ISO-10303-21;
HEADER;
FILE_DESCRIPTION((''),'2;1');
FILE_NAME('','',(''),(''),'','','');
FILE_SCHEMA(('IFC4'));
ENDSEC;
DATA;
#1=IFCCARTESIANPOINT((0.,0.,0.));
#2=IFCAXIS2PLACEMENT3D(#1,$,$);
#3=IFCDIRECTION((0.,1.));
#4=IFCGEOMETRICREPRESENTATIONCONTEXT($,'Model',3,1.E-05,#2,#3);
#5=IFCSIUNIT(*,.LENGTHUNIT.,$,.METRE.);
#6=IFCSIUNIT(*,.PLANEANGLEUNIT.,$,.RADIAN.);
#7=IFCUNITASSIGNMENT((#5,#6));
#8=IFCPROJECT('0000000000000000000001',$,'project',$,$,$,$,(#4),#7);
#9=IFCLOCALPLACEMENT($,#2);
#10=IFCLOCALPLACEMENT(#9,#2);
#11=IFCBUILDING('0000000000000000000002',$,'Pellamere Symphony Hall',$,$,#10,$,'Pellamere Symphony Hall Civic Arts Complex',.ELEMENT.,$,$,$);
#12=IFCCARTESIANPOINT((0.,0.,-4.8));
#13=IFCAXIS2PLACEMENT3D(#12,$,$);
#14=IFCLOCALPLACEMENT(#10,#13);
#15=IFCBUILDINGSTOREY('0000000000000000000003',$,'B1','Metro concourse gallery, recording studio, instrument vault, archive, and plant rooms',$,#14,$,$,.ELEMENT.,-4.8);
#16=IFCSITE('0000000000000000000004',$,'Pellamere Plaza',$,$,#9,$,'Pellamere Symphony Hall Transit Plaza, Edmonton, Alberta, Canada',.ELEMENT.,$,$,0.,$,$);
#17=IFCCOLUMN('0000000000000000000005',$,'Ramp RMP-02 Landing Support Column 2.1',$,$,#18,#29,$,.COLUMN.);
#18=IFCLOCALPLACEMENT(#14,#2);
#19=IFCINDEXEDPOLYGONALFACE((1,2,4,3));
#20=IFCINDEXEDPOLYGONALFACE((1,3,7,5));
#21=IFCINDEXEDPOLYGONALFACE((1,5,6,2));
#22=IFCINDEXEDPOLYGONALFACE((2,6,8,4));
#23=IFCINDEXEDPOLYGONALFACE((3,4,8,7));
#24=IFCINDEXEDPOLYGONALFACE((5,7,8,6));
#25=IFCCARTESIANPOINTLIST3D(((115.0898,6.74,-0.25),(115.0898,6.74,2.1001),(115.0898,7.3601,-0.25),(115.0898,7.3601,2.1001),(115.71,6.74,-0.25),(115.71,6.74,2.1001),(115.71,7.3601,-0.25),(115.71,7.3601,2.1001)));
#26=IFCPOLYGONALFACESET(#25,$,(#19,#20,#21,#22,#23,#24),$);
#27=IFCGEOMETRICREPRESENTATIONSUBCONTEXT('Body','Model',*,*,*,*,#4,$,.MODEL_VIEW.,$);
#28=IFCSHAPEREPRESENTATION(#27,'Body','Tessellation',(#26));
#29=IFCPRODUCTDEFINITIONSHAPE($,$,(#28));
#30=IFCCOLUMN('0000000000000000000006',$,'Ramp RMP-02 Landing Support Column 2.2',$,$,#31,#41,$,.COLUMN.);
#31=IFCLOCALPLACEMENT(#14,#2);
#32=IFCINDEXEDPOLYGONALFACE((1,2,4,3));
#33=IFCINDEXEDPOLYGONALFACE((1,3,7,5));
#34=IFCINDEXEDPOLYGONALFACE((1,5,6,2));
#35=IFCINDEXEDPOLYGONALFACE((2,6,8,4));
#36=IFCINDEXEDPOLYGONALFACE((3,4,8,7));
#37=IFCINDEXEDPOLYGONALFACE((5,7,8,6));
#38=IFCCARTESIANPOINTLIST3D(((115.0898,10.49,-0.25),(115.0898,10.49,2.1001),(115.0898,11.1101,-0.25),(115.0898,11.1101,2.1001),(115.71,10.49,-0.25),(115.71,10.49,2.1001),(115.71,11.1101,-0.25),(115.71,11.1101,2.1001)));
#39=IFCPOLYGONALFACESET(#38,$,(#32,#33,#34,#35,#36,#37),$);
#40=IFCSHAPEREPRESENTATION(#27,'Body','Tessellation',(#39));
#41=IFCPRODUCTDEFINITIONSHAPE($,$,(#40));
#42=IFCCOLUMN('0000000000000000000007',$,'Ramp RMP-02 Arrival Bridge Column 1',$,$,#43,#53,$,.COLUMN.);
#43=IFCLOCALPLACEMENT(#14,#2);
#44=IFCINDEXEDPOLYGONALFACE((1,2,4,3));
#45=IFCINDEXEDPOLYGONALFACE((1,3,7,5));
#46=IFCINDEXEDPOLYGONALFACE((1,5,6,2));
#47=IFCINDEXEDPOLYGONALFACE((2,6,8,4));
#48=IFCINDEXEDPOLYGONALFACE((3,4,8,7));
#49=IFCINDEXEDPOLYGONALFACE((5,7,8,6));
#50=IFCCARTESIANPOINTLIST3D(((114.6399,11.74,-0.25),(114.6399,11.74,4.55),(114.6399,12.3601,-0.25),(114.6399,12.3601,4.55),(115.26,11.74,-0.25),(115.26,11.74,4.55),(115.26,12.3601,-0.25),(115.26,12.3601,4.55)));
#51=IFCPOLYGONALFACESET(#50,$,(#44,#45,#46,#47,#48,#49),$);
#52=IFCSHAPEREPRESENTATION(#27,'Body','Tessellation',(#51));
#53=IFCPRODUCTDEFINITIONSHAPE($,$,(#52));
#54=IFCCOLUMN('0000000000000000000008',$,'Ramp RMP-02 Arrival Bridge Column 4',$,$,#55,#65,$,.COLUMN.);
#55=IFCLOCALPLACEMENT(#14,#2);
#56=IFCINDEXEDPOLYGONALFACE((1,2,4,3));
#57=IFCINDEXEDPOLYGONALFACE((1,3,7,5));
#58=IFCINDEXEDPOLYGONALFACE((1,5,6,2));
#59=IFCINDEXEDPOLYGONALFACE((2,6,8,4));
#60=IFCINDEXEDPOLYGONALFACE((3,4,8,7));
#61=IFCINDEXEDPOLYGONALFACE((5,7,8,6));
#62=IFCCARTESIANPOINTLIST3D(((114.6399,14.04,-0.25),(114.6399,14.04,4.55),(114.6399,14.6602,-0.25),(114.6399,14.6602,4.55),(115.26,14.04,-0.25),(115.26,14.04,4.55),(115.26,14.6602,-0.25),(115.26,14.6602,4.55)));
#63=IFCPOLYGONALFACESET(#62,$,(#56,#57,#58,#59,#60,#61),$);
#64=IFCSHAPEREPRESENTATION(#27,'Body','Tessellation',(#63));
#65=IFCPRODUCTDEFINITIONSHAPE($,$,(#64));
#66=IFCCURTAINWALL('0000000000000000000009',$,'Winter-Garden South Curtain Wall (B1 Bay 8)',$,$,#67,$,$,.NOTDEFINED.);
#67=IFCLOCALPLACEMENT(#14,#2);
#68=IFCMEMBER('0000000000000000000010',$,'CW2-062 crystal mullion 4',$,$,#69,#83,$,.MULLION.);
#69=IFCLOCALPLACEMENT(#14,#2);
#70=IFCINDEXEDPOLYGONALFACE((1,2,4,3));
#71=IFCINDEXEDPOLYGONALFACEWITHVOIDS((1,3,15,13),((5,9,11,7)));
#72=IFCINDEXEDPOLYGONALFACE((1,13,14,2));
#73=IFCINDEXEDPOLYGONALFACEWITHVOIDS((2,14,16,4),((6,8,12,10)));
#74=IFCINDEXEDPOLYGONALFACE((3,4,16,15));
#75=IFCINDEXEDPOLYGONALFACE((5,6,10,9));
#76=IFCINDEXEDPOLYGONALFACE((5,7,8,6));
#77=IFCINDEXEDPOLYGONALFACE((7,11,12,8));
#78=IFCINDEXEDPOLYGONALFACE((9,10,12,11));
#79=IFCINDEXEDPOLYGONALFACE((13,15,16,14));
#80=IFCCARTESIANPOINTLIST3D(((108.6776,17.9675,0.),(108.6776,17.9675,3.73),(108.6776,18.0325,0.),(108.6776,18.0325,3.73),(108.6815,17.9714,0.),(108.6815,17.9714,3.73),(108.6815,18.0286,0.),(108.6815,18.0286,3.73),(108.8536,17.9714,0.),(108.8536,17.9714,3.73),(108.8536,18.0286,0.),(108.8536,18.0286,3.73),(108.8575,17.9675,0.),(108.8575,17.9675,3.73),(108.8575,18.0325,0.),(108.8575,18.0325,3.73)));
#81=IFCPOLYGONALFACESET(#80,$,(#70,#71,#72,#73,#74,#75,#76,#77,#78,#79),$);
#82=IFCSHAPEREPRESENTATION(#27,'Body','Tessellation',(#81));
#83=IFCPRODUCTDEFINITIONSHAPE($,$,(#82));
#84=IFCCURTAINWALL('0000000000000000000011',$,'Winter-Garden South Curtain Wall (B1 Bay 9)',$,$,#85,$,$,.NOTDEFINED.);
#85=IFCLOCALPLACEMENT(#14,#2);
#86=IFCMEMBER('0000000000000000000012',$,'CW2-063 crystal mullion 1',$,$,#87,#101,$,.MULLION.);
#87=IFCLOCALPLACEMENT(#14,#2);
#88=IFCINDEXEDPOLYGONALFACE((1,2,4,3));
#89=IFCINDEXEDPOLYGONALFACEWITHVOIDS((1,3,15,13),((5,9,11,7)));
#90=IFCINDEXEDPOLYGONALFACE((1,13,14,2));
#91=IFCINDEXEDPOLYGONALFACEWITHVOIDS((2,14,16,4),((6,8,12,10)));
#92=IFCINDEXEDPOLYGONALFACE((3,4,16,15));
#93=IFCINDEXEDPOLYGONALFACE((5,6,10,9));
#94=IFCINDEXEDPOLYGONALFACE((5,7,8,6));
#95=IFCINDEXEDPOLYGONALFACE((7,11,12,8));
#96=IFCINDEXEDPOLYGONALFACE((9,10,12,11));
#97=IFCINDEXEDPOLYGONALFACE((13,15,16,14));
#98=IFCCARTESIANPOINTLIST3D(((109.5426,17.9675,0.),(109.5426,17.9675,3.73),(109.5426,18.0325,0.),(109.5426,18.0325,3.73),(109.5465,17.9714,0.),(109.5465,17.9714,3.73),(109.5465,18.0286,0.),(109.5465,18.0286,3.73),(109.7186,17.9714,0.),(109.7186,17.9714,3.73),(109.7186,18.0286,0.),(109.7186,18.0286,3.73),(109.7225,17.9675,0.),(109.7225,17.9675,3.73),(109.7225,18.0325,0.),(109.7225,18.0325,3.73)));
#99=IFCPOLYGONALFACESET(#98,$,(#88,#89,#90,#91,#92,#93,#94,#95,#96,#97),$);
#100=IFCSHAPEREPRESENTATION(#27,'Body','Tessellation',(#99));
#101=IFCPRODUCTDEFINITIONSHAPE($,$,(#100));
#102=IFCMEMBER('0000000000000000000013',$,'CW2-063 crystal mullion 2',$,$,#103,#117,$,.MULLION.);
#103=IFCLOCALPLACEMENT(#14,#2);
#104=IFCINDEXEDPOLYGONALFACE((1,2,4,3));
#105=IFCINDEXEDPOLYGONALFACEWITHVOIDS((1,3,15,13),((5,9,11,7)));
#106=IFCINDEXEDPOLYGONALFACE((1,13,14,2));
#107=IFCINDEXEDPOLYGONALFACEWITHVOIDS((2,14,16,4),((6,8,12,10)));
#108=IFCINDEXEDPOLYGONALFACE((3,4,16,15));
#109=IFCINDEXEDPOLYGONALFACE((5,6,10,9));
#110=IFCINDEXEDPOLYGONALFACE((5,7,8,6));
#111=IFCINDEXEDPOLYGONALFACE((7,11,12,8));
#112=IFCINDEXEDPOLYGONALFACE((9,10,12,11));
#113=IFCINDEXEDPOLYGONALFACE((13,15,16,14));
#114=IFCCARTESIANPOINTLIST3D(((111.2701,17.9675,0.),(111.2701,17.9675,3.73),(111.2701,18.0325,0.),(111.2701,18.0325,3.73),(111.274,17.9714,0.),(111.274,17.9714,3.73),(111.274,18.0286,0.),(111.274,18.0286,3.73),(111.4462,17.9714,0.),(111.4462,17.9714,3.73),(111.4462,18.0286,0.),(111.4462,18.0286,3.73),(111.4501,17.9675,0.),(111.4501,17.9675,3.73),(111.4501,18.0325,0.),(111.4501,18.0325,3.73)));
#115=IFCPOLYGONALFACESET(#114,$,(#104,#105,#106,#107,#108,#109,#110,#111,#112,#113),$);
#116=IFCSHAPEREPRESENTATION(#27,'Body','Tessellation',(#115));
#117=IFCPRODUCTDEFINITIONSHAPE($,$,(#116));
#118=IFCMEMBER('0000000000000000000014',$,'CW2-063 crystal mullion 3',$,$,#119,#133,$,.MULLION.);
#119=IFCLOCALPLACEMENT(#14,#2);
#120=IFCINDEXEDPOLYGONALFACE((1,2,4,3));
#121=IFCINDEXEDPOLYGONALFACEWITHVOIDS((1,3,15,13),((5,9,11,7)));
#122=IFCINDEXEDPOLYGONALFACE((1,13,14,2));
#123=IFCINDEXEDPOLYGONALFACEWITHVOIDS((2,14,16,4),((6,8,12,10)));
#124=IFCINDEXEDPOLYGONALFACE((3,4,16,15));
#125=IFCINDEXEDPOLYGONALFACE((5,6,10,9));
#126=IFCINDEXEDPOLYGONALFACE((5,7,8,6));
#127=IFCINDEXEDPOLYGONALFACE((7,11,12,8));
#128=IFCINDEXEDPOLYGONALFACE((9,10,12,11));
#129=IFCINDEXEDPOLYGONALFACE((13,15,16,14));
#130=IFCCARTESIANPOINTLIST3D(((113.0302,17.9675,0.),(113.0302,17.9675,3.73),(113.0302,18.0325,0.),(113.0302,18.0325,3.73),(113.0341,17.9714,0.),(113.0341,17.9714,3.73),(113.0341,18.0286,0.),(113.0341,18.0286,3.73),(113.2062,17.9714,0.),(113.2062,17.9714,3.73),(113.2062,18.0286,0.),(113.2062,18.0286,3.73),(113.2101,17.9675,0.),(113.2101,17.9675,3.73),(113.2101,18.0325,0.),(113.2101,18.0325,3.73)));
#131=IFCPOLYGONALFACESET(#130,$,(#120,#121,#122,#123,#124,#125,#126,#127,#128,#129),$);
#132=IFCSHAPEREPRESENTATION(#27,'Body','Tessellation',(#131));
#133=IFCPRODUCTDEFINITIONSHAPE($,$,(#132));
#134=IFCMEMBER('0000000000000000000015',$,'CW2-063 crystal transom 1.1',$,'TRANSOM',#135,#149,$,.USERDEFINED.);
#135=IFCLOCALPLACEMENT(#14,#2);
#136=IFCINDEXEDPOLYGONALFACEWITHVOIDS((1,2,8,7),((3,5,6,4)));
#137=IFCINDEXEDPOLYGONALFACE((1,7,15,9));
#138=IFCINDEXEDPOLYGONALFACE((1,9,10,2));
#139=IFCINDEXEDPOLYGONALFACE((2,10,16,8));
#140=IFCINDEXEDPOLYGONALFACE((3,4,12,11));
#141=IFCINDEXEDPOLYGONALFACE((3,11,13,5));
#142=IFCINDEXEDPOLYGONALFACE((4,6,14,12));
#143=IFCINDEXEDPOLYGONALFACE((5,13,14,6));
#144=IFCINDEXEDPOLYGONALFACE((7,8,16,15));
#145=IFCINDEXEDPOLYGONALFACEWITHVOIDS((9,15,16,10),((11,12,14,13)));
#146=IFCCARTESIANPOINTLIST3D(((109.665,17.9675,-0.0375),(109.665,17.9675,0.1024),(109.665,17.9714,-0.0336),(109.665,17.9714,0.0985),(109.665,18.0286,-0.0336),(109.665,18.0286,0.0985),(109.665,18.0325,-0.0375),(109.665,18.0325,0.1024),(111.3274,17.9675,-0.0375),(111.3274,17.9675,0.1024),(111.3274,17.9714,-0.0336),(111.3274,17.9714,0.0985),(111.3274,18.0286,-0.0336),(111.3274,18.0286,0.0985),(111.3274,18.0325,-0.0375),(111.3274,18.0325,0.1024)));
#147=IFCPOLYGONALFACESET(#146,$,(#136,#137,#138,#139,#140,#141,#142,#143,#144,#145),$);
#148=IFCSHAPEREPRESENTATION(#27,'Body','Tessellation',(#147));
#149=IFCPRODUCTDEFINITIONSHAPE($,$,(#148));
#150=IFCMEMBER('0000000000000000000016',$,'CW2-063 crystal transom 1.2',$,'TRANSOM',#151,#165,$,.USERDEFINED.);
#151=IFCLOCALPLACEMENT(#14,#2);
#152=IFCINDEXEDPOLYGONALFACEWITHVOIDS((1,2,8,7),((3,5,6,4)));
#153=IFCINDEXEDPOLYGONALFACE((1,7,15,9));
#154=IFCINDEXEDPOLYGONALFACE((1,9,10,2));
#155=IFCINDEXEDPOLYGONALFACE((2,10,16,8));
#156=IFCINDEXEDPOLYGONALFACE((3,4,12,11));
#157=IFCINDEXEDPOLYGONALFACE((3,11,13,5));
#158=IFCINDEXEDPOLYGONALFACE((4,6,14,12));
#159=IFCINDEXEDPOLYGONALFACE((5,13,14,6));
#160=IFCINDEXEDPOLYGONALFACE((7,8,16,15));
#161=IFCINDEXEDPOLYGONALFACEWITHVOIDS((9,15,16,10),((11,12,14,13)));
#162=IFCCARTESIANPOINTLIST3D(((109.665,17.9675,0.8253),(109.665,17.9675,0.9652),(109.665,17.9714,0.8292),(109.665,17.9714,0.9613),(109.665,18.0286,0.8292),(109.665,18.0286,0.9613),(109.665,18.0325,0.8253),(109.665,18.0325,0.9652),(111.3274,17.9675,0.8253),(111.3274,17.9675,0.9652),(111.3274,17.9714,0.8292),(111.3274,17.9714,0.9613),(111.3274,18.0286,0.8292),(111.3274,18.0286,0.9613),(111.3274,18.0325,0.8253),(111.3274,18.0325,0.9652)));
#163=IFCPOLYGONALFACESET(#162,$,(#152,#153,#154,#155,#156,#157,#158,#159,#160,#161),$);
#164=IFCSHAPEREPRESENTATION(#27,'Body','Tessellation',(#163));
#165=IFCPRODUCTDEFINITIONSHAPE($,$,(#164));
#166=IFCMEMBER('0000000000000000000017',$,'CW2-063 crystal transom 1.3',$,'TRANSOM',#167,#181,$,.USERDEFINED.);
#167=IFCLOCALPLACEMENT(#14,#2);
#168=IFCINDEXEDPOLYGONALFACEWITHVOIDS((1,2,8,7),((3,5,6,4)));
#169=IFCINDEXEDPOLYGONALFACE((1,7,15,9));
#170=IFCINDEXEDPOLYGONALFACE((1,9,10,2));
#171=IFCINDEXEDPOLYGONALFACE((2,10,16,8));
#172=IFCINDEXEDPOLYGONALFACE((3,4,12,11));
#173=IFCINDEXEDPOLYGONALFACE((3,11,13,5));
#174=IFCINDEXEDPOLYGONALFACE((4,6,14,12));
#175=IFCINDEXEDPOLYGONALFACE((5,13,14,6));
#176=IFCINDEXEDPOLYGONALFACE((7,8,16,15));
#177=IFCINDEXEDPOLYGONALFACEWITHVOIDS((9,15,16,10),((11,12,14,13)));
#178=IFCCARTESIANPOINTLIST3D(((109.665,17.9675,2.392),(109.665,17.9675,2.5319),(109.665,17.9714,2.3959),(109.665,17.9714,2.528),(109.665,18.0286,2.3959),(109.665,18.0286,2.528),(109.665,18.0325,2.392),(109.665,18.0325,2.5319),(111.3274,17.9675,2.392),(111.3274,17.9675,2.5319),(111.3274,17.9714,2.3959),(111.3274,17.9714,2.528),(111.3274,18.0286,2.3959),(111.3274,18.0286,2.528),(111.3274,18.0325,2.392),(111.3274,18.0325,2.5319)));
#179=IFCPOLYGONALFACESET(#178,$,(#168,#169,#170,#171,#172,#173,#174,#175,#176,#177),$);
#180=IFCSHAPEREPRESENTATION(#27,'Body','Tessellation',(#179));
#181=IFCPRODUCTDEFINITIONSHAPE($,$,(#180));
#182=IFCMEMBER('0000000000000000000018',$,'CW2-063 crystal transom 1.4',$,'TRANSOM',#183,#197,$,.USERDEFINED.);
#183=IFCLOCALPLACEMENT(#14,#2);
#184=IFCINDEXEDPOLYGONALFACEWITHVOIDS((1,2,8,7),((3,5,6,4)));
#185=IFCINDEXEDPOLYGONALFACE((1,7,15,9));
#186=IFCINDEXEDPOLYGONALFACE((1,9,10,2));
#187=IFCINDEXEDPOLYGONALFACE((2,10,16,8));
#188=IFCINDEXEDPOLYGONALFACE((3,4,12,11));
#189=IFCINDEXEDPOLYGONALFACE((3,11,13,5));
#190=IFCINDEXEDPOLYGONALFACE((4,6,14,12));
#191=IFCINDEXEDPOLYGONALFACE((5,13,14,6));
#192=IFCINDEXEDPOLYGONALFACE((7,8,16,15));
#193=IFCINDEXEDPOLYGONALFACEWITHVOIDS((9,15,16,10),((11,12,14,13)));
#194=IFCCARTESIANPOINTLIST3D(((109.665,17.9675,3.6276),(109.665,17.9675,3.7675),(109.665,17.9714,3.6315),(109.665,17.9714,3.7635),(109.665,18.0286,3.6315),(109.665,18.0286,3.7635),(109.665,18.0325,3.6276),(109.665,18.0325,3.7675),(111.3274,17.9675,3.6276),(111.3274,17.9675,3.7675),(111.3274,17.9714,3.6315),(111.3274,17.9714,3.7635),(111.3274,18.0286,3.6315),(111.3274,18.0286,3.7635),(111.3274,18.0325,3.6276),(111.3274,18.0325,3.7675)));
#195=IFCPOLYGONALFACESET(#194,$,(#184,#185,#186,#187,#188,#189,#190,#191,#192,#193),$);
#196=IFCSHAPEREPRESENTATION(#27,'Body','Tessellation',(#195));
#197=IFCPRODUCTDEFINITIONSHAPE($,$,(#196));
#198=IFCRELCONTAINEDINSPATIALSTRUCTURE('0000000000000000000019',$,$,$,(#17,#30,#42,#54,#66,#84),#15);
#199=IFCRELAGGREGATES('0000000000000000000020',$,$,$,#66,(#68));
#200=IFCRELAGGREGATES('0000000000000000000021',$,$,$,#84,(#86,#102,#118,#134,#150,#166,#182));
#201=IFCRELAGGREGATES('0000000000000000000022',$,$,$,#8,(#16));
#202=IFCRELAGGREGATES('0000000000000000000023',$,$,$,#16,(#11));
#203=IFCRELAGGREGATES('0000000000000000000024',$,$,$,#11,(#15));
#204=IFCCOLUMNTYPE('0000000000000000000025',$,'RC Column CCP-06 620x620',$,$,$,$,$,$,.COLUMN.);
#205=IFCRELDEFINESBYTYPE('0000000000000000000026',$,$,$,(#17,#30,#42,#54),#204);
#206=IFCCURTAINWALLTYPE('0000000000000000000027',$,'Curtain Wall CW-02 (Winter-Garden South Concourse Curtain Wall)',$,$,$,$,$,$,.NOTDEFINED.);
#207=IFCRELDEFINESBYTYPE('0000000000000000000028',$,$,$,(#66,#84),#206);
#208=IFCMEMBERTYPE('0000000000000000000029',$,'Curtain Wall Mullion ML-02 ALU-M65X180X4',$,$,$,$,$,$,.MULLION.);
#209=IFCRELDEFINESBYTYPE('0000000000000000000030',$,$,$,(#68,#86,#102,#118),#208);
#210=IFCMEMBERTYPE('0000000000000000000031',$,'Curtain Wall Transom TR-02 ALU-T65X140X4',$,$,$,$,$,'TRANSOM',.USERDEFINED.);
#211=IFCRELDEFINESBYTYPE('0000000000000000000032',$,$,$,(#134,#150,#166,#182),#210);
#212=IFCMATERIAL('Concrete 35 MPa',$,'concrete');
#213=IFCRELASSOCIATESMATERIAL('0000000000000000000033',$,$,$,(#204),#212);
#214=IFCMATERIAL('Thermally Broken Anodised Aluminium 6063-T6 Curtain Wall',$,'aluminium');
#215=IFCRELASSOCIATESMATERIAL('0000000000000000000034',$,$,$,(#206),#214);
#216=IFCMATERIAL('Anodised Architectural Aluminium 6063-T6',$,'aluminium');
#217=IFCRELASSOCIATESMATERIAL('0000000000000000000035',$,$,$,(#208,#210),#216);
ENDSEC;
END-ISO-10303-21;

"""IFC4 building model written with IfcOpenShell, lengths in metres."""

from ifc_helpers import new_model, si_unit, direction, frame, origin, origin_2d, place, context, subcontext, project, spatial, rectangle, hollow_rectangle, extrude, material, material_profile, profile_set, type_object, element, aggregate, save


model = new_model("IFC4")

# Units and contexts
model_context = context("Model", 3, precision=1e-05, world=origin(), true_north=direction((0.0, 1.0)))
body_context = subcontext(model_context, "Body", "Model", "MODEL_VIEW")
ifc_project = project(units=[si_unit("LENGTHUNIT", "METRE"), si_unit("PLANEANGLEUNIT", "RADIAN")], contexts=[model_context])

# Site, building, storey
site_placement = place(None, origin())
site = spatial("IfcSite", under=ifc_project, at=site_placement, Name="Pellamere Plaza", LongName="Pellamere Symphony Hall Transit Plaza, Edmonton, Alberta, Canada", CompositionType="ELEMENT", RefElevation=0.0)
building_placement = place(site_placement, origin())
building = spatial("IfcBuilding", under=site, at=building_placement, Name="Pellamere Symphony Hall", LongName="Pellamere Symphony Hall Civic Arts Complex", CompositionType="ELEMENT")
storey_placement = place(building_placement, frame((0.0, 0.0, -4.8)))
storey = spatial("IfcBuildingStorey", under=building, at=storey_placement, Name="B1", Description="Metro concourse gallery, recording studio, instrument vault, archive, and plant rooms", CompositionType="ELEMENT", Elevation=-4.8)

# Shared definitions
ifc_material_1 = material(Name="Concrete 35 MPa", Category="concrete")

# Columns
ifc_material_profile_1 = material_profile(ifc_material_1, rectangle(XDim=0.6201, YDim=0.6201, at=origin_2d()), Name="RC 620x620")
ifc_profile_set_1 = profile_set([ifc_material_profile_1], Name="Concrete 35 MPa")
column_type_1 = type_object("IfcColumnType", Name="RC Column CCP-06 620x620", PredefinedType="COLUMN", material=ifc_profile_set_1)
for number, where, z_axis, x_axis, name in (
    (1, (115.3999, 7.05, -0.25), (0.0, 0.0, 1.0), (1.0, 0.0, 0.0), "Ramp RMP-02 Landing Support Column 2.1"),
    (2, (115.3999, 10.8, -0.25), (0.0, 0.0, 1.0), (1.0, 0.0, 0.0), "Ramp RMP-02 Landing Support Column 2.2"),
):
    element("IfcColumn", number, at=place(storey_placement, frame(where, z_axis=z_axis, x_axis=x_axis)), inside=storey, type_object=column_type_1, Name=name, PredefinedType="COLUMN", context=body_context, shape_type="SweptSolid", body=[
        extrude(rectangle(XDim=0.6201, YDim=0.6201, at=origin_2d()), origin(), (0.0, 0.0, 1.0), 2.3501),
    ])
for number, where, z_axis, x_axis, name in (
    (3, (114.95, 12.05, -0.25), (0.0, 0.0, 1.0), (1.0, 0.0, 0.0), "Ramp RMP-02 Arrival Bridge Column 1"),
    (4, (114.95, 14.3501, -0.25), (0.0, 0.0, 1.0), (1.0, 0.0, 0.0), "Ramp RMP-02 Arrival Bridge Column 4"),
):
    element("IfcColumn", number, at=place(storey_placement, frame(where, z_axis=z_axis, x_axis=x_axis)), inside=storey, type_object=column_type_1, Name=name, PredefinedType="COLUMN", context=body_context, shape_type="SweptSolid", body=[
        extrude(rectangle(XDim=0.6201, YDim=0.6201, at=origin_2d()), origin(), (0.0, 0.0, 1.0), 4.8),
    ])

# Curtain wall, member
ifc_material_2 = material(Name="Thermally Broken Anodised Aluminium 6063-T6 Curtain Wall", Category="aluminium")
curtain_wall_type = type_object("IfcCurtainWallType", Name="Curtain Wall CW-02 (Winter-Garden South Concourse Curtain Wall)", PredefinedType="NOTDEFINED", material=ifc_material_2)
curtain_wall_1_placement = place(storey_placement, origin())
curtain_wall_1 = element("IfcCurtainWall", 5, at=curtain_wall_1_placement, inside=storey, type_object=curtain_wall_type, Name="Winter-Garden South Curtain Wall (B1 Bay 8)", PredefinedType="NOTDEFINED")
ifc_material_3 = material(Name="Anodised Architectural Aluminium 6063-T6", Category="aluminium")
ifc_material_profile_2 = material_profile(ifc_material_3, hollow_rectangle(XDim=0.0649, YDim=0.1799, WallThickness=0.0039, at=origin_2d()), Name="ALU-M65X180X4")
ifc_profile_set_2 = profile_set([ifc_material_profile_2], Name="Anodised Architectural Aluminium 6063-T6")
member_type_1 = type_object("IfcMemberType", Name="Curtain Wall Mullion ML-02 ALU-M65X180X4", PredefinedType="MULLION", material=ifc_profile_set_2)
member_1_placement = place(storey_placement, frame((108.7676, 18.0, 0.0), z_axis=(0.0, 0.0, 1.0), x_axis=(0.0, 1.0, 0.0)))
member_1 = element("IfcMember", 6, at=member_1_placement, type_object=member_type_1, Name="CW2-062 crystal mullion 4", PredefinedType="MULLION", context=body_context, shape_type="SweptSolid", body=[
    extrude(hollow_rectangle(XDim=0.0649, YDim=0.1799, WallThickness=0.0039, at=origin_2d()), origin(), (0.0, 0.0, 1.0), 3.73),
])
aggregate(curtain_wall_1, [member_1])

# Curtain wall, members
curtain_wall_2_placement = place(storey_placement, origin())
curtain_wall_2 = element("IfcCurtainWall", 7, at=curtain_wall_2_placement, inside=storey, type_object=curtain_wall_type, Name="Winter-Garden South Curtain Wall (B1 Bay 9)", PredefinedType="NOTDEFINED")
member_2_placement = place(storey_placement, frame((109.6326, 18.0, 0.0), z_axis=(0.0, 0.0, 1.0), x_axis=(0.0, 1.0, 0.0)))
member_2 = element("IfcMember", 8, at=member_2_placement, type_object=member_type_1, Name="CW2-063 crystal mullion 1", PredefinedType="MULLION", context=body_context, shape_type="SweptSolid", body=[
    extrude(hollow_rectangle(XDim=0.0649, YDim=0.1799, WallThickness=0.0039, at=origin_2d()), origin(), (0.0, 0.0, 1.0), 3.73),
])
member_3_placement = place(storey_placement, frame((111.3601, 18.0, 0.0), z_axis=(0.0, 0.0, 1.0), x_axis=(0.0, 1.0, 0.0)))
member_3 = element("IfcMember", 9, at=member_3_placement, type_object=member_type_1, Name="CW2-063 crystal mullion 2", PredefinedType="MULLION", context=body_context, shape_type="SweptSolid", body=[
    extrude(hollow_rectangle(XDim=0.0649, YDim=0.1799, WallThickness=0.0039, at=origin_2d()), origin(), (0.0, 0.0, 1.0), 3.73),
])
member_4_placement = place(storey_placement, frame((113.1201, 18.0, 0.0), z_axis=(0.0, 0.0, 1.0), x_axis=(0.0, 1.0, 0.0)))
member_4 = element("IfcMember", 10, at=member_4_placement, type_object=member_type_1, Name="CW2-063 crystal mullion 3", PredefinedType="MULLION", context=body_context, shape_type="SweptSolid", body=[
    extrude(hollow_rectangle(XDim=0.0649, YDim=0.1799, WallThickness=0.0039, at=origin_2d()), origin(), (0.0, 0.0, 1.0), 3.73),
])
ifc_material_profile_3 = material_profile(ifc_material_3, hollow_rectangle(XDim=0.0649, YDim=0.1399, WallThickness=0.0039, at=origin_2d()), Name="ALU-T65X140X4")
ifc_profile_set_3 = profile_set([ifc_material_profile_3], Name="Anodised Architectural Aluminium 6063-T6")
member_type_2 = type_object("IfcMemberType", Name="Curtain Wall Transom TR-02 ALU-T65X140X4", ElementType="TRANSOM", PredefinedType="USERDEFINED", material=ifc_profile_set_3)
member_5_placement = place(storey_placement, frame((109.665, 18.0, 0.0325), z_axis=(1.0, 0.0, 0.0), x_axis=(0.0, 1.0, 0.0)))
member_5 = element("IfcMember", 11, at=member_5_placement, type_object=member_type_2, Name="CW2-063 crystal transom 1.1", ObjectType="TRANSOM", PredefinedType="USERDEFINED", context=body_context, shape_type="SweptSolid", body=[
    extrude(hollow_rectangle(XDim=0.0649, YDim=0.1399, WallThickness=0.0039, at=origin_2d()), origin(), (0.0, 0.0, 1.0), 1.6624),
])
member_6_placement = place(storey_placement, frame((109.665, 18.0, 0.8953), z_axis=(1.0, 0.0, 0.0), x_axis=(0.0, 1.0, 0.0)))
member_6 = element("IfcMember", 12, at=member_6_placement, type_object=member_type_2, Name="CW2-063 crystal transom 1.2", ObjectType="TRANSOM", PredefinedType="USERDEFINED", context=body_context, shape_type="SweptSolid", body=[
    extrude(hollow_rectangle(XDim=0.0649, YDim=0.1399, WallThickness=0.0039, at=origin_2d()), origin(), (0.0, 0.0, 1.0), 1.6624),
])
member_7_placement = place(storey_placement, frame((109.665, 18.0, 2.4619), z_axis=(1.0, 0.0, 0.0), x_axis=(0.0, 1.0, 0.0)))
member_7 = element("IfcMember", 13, at=member_7_placement, type_object=member_type_2, Name="CW2-063 crystal transom 1.3", ObjectType="TRANSOM", PredefinedType="USERDEFINED", context=body_context, shape_type="SweptSolid", body=[
    extrude(hollow_rectangle(XDim=0.0649, YDim=0.1399, WallThickness=0.0039, at=origin_2d()), origin(), (0.0, 0.0, 1.0), 1.6624),
])
member_8_placement = place(storey_placement, frame((109.665, 18.0, 3.6975), z_axis=(1.0, 0.0, 0.0), x_axis=(0.0, 1.0, 0.0)))
member_8 = element("IfcMember", 14, at=member_8_placement, type_object=member_type_2, Name="CW2-063 crystal transom 1.4", ObjectType="TRANSOM", PredefinedType="USERDEFINED", context=body_context, shape_type="SweptSolid", body=[
    extrude(hollow_rectangle(XDim=0.0649, YDim=0.1399, WallThickness=0.0039, at=origin_2d()), origin(), (0.0, 0.0, 1.0), 1.6624),
])
aggregate(curtain_wall_2, [member_2, member_3, member_4, member_5, member_6, member_7, member_8])

save(model, "model.ifc")
